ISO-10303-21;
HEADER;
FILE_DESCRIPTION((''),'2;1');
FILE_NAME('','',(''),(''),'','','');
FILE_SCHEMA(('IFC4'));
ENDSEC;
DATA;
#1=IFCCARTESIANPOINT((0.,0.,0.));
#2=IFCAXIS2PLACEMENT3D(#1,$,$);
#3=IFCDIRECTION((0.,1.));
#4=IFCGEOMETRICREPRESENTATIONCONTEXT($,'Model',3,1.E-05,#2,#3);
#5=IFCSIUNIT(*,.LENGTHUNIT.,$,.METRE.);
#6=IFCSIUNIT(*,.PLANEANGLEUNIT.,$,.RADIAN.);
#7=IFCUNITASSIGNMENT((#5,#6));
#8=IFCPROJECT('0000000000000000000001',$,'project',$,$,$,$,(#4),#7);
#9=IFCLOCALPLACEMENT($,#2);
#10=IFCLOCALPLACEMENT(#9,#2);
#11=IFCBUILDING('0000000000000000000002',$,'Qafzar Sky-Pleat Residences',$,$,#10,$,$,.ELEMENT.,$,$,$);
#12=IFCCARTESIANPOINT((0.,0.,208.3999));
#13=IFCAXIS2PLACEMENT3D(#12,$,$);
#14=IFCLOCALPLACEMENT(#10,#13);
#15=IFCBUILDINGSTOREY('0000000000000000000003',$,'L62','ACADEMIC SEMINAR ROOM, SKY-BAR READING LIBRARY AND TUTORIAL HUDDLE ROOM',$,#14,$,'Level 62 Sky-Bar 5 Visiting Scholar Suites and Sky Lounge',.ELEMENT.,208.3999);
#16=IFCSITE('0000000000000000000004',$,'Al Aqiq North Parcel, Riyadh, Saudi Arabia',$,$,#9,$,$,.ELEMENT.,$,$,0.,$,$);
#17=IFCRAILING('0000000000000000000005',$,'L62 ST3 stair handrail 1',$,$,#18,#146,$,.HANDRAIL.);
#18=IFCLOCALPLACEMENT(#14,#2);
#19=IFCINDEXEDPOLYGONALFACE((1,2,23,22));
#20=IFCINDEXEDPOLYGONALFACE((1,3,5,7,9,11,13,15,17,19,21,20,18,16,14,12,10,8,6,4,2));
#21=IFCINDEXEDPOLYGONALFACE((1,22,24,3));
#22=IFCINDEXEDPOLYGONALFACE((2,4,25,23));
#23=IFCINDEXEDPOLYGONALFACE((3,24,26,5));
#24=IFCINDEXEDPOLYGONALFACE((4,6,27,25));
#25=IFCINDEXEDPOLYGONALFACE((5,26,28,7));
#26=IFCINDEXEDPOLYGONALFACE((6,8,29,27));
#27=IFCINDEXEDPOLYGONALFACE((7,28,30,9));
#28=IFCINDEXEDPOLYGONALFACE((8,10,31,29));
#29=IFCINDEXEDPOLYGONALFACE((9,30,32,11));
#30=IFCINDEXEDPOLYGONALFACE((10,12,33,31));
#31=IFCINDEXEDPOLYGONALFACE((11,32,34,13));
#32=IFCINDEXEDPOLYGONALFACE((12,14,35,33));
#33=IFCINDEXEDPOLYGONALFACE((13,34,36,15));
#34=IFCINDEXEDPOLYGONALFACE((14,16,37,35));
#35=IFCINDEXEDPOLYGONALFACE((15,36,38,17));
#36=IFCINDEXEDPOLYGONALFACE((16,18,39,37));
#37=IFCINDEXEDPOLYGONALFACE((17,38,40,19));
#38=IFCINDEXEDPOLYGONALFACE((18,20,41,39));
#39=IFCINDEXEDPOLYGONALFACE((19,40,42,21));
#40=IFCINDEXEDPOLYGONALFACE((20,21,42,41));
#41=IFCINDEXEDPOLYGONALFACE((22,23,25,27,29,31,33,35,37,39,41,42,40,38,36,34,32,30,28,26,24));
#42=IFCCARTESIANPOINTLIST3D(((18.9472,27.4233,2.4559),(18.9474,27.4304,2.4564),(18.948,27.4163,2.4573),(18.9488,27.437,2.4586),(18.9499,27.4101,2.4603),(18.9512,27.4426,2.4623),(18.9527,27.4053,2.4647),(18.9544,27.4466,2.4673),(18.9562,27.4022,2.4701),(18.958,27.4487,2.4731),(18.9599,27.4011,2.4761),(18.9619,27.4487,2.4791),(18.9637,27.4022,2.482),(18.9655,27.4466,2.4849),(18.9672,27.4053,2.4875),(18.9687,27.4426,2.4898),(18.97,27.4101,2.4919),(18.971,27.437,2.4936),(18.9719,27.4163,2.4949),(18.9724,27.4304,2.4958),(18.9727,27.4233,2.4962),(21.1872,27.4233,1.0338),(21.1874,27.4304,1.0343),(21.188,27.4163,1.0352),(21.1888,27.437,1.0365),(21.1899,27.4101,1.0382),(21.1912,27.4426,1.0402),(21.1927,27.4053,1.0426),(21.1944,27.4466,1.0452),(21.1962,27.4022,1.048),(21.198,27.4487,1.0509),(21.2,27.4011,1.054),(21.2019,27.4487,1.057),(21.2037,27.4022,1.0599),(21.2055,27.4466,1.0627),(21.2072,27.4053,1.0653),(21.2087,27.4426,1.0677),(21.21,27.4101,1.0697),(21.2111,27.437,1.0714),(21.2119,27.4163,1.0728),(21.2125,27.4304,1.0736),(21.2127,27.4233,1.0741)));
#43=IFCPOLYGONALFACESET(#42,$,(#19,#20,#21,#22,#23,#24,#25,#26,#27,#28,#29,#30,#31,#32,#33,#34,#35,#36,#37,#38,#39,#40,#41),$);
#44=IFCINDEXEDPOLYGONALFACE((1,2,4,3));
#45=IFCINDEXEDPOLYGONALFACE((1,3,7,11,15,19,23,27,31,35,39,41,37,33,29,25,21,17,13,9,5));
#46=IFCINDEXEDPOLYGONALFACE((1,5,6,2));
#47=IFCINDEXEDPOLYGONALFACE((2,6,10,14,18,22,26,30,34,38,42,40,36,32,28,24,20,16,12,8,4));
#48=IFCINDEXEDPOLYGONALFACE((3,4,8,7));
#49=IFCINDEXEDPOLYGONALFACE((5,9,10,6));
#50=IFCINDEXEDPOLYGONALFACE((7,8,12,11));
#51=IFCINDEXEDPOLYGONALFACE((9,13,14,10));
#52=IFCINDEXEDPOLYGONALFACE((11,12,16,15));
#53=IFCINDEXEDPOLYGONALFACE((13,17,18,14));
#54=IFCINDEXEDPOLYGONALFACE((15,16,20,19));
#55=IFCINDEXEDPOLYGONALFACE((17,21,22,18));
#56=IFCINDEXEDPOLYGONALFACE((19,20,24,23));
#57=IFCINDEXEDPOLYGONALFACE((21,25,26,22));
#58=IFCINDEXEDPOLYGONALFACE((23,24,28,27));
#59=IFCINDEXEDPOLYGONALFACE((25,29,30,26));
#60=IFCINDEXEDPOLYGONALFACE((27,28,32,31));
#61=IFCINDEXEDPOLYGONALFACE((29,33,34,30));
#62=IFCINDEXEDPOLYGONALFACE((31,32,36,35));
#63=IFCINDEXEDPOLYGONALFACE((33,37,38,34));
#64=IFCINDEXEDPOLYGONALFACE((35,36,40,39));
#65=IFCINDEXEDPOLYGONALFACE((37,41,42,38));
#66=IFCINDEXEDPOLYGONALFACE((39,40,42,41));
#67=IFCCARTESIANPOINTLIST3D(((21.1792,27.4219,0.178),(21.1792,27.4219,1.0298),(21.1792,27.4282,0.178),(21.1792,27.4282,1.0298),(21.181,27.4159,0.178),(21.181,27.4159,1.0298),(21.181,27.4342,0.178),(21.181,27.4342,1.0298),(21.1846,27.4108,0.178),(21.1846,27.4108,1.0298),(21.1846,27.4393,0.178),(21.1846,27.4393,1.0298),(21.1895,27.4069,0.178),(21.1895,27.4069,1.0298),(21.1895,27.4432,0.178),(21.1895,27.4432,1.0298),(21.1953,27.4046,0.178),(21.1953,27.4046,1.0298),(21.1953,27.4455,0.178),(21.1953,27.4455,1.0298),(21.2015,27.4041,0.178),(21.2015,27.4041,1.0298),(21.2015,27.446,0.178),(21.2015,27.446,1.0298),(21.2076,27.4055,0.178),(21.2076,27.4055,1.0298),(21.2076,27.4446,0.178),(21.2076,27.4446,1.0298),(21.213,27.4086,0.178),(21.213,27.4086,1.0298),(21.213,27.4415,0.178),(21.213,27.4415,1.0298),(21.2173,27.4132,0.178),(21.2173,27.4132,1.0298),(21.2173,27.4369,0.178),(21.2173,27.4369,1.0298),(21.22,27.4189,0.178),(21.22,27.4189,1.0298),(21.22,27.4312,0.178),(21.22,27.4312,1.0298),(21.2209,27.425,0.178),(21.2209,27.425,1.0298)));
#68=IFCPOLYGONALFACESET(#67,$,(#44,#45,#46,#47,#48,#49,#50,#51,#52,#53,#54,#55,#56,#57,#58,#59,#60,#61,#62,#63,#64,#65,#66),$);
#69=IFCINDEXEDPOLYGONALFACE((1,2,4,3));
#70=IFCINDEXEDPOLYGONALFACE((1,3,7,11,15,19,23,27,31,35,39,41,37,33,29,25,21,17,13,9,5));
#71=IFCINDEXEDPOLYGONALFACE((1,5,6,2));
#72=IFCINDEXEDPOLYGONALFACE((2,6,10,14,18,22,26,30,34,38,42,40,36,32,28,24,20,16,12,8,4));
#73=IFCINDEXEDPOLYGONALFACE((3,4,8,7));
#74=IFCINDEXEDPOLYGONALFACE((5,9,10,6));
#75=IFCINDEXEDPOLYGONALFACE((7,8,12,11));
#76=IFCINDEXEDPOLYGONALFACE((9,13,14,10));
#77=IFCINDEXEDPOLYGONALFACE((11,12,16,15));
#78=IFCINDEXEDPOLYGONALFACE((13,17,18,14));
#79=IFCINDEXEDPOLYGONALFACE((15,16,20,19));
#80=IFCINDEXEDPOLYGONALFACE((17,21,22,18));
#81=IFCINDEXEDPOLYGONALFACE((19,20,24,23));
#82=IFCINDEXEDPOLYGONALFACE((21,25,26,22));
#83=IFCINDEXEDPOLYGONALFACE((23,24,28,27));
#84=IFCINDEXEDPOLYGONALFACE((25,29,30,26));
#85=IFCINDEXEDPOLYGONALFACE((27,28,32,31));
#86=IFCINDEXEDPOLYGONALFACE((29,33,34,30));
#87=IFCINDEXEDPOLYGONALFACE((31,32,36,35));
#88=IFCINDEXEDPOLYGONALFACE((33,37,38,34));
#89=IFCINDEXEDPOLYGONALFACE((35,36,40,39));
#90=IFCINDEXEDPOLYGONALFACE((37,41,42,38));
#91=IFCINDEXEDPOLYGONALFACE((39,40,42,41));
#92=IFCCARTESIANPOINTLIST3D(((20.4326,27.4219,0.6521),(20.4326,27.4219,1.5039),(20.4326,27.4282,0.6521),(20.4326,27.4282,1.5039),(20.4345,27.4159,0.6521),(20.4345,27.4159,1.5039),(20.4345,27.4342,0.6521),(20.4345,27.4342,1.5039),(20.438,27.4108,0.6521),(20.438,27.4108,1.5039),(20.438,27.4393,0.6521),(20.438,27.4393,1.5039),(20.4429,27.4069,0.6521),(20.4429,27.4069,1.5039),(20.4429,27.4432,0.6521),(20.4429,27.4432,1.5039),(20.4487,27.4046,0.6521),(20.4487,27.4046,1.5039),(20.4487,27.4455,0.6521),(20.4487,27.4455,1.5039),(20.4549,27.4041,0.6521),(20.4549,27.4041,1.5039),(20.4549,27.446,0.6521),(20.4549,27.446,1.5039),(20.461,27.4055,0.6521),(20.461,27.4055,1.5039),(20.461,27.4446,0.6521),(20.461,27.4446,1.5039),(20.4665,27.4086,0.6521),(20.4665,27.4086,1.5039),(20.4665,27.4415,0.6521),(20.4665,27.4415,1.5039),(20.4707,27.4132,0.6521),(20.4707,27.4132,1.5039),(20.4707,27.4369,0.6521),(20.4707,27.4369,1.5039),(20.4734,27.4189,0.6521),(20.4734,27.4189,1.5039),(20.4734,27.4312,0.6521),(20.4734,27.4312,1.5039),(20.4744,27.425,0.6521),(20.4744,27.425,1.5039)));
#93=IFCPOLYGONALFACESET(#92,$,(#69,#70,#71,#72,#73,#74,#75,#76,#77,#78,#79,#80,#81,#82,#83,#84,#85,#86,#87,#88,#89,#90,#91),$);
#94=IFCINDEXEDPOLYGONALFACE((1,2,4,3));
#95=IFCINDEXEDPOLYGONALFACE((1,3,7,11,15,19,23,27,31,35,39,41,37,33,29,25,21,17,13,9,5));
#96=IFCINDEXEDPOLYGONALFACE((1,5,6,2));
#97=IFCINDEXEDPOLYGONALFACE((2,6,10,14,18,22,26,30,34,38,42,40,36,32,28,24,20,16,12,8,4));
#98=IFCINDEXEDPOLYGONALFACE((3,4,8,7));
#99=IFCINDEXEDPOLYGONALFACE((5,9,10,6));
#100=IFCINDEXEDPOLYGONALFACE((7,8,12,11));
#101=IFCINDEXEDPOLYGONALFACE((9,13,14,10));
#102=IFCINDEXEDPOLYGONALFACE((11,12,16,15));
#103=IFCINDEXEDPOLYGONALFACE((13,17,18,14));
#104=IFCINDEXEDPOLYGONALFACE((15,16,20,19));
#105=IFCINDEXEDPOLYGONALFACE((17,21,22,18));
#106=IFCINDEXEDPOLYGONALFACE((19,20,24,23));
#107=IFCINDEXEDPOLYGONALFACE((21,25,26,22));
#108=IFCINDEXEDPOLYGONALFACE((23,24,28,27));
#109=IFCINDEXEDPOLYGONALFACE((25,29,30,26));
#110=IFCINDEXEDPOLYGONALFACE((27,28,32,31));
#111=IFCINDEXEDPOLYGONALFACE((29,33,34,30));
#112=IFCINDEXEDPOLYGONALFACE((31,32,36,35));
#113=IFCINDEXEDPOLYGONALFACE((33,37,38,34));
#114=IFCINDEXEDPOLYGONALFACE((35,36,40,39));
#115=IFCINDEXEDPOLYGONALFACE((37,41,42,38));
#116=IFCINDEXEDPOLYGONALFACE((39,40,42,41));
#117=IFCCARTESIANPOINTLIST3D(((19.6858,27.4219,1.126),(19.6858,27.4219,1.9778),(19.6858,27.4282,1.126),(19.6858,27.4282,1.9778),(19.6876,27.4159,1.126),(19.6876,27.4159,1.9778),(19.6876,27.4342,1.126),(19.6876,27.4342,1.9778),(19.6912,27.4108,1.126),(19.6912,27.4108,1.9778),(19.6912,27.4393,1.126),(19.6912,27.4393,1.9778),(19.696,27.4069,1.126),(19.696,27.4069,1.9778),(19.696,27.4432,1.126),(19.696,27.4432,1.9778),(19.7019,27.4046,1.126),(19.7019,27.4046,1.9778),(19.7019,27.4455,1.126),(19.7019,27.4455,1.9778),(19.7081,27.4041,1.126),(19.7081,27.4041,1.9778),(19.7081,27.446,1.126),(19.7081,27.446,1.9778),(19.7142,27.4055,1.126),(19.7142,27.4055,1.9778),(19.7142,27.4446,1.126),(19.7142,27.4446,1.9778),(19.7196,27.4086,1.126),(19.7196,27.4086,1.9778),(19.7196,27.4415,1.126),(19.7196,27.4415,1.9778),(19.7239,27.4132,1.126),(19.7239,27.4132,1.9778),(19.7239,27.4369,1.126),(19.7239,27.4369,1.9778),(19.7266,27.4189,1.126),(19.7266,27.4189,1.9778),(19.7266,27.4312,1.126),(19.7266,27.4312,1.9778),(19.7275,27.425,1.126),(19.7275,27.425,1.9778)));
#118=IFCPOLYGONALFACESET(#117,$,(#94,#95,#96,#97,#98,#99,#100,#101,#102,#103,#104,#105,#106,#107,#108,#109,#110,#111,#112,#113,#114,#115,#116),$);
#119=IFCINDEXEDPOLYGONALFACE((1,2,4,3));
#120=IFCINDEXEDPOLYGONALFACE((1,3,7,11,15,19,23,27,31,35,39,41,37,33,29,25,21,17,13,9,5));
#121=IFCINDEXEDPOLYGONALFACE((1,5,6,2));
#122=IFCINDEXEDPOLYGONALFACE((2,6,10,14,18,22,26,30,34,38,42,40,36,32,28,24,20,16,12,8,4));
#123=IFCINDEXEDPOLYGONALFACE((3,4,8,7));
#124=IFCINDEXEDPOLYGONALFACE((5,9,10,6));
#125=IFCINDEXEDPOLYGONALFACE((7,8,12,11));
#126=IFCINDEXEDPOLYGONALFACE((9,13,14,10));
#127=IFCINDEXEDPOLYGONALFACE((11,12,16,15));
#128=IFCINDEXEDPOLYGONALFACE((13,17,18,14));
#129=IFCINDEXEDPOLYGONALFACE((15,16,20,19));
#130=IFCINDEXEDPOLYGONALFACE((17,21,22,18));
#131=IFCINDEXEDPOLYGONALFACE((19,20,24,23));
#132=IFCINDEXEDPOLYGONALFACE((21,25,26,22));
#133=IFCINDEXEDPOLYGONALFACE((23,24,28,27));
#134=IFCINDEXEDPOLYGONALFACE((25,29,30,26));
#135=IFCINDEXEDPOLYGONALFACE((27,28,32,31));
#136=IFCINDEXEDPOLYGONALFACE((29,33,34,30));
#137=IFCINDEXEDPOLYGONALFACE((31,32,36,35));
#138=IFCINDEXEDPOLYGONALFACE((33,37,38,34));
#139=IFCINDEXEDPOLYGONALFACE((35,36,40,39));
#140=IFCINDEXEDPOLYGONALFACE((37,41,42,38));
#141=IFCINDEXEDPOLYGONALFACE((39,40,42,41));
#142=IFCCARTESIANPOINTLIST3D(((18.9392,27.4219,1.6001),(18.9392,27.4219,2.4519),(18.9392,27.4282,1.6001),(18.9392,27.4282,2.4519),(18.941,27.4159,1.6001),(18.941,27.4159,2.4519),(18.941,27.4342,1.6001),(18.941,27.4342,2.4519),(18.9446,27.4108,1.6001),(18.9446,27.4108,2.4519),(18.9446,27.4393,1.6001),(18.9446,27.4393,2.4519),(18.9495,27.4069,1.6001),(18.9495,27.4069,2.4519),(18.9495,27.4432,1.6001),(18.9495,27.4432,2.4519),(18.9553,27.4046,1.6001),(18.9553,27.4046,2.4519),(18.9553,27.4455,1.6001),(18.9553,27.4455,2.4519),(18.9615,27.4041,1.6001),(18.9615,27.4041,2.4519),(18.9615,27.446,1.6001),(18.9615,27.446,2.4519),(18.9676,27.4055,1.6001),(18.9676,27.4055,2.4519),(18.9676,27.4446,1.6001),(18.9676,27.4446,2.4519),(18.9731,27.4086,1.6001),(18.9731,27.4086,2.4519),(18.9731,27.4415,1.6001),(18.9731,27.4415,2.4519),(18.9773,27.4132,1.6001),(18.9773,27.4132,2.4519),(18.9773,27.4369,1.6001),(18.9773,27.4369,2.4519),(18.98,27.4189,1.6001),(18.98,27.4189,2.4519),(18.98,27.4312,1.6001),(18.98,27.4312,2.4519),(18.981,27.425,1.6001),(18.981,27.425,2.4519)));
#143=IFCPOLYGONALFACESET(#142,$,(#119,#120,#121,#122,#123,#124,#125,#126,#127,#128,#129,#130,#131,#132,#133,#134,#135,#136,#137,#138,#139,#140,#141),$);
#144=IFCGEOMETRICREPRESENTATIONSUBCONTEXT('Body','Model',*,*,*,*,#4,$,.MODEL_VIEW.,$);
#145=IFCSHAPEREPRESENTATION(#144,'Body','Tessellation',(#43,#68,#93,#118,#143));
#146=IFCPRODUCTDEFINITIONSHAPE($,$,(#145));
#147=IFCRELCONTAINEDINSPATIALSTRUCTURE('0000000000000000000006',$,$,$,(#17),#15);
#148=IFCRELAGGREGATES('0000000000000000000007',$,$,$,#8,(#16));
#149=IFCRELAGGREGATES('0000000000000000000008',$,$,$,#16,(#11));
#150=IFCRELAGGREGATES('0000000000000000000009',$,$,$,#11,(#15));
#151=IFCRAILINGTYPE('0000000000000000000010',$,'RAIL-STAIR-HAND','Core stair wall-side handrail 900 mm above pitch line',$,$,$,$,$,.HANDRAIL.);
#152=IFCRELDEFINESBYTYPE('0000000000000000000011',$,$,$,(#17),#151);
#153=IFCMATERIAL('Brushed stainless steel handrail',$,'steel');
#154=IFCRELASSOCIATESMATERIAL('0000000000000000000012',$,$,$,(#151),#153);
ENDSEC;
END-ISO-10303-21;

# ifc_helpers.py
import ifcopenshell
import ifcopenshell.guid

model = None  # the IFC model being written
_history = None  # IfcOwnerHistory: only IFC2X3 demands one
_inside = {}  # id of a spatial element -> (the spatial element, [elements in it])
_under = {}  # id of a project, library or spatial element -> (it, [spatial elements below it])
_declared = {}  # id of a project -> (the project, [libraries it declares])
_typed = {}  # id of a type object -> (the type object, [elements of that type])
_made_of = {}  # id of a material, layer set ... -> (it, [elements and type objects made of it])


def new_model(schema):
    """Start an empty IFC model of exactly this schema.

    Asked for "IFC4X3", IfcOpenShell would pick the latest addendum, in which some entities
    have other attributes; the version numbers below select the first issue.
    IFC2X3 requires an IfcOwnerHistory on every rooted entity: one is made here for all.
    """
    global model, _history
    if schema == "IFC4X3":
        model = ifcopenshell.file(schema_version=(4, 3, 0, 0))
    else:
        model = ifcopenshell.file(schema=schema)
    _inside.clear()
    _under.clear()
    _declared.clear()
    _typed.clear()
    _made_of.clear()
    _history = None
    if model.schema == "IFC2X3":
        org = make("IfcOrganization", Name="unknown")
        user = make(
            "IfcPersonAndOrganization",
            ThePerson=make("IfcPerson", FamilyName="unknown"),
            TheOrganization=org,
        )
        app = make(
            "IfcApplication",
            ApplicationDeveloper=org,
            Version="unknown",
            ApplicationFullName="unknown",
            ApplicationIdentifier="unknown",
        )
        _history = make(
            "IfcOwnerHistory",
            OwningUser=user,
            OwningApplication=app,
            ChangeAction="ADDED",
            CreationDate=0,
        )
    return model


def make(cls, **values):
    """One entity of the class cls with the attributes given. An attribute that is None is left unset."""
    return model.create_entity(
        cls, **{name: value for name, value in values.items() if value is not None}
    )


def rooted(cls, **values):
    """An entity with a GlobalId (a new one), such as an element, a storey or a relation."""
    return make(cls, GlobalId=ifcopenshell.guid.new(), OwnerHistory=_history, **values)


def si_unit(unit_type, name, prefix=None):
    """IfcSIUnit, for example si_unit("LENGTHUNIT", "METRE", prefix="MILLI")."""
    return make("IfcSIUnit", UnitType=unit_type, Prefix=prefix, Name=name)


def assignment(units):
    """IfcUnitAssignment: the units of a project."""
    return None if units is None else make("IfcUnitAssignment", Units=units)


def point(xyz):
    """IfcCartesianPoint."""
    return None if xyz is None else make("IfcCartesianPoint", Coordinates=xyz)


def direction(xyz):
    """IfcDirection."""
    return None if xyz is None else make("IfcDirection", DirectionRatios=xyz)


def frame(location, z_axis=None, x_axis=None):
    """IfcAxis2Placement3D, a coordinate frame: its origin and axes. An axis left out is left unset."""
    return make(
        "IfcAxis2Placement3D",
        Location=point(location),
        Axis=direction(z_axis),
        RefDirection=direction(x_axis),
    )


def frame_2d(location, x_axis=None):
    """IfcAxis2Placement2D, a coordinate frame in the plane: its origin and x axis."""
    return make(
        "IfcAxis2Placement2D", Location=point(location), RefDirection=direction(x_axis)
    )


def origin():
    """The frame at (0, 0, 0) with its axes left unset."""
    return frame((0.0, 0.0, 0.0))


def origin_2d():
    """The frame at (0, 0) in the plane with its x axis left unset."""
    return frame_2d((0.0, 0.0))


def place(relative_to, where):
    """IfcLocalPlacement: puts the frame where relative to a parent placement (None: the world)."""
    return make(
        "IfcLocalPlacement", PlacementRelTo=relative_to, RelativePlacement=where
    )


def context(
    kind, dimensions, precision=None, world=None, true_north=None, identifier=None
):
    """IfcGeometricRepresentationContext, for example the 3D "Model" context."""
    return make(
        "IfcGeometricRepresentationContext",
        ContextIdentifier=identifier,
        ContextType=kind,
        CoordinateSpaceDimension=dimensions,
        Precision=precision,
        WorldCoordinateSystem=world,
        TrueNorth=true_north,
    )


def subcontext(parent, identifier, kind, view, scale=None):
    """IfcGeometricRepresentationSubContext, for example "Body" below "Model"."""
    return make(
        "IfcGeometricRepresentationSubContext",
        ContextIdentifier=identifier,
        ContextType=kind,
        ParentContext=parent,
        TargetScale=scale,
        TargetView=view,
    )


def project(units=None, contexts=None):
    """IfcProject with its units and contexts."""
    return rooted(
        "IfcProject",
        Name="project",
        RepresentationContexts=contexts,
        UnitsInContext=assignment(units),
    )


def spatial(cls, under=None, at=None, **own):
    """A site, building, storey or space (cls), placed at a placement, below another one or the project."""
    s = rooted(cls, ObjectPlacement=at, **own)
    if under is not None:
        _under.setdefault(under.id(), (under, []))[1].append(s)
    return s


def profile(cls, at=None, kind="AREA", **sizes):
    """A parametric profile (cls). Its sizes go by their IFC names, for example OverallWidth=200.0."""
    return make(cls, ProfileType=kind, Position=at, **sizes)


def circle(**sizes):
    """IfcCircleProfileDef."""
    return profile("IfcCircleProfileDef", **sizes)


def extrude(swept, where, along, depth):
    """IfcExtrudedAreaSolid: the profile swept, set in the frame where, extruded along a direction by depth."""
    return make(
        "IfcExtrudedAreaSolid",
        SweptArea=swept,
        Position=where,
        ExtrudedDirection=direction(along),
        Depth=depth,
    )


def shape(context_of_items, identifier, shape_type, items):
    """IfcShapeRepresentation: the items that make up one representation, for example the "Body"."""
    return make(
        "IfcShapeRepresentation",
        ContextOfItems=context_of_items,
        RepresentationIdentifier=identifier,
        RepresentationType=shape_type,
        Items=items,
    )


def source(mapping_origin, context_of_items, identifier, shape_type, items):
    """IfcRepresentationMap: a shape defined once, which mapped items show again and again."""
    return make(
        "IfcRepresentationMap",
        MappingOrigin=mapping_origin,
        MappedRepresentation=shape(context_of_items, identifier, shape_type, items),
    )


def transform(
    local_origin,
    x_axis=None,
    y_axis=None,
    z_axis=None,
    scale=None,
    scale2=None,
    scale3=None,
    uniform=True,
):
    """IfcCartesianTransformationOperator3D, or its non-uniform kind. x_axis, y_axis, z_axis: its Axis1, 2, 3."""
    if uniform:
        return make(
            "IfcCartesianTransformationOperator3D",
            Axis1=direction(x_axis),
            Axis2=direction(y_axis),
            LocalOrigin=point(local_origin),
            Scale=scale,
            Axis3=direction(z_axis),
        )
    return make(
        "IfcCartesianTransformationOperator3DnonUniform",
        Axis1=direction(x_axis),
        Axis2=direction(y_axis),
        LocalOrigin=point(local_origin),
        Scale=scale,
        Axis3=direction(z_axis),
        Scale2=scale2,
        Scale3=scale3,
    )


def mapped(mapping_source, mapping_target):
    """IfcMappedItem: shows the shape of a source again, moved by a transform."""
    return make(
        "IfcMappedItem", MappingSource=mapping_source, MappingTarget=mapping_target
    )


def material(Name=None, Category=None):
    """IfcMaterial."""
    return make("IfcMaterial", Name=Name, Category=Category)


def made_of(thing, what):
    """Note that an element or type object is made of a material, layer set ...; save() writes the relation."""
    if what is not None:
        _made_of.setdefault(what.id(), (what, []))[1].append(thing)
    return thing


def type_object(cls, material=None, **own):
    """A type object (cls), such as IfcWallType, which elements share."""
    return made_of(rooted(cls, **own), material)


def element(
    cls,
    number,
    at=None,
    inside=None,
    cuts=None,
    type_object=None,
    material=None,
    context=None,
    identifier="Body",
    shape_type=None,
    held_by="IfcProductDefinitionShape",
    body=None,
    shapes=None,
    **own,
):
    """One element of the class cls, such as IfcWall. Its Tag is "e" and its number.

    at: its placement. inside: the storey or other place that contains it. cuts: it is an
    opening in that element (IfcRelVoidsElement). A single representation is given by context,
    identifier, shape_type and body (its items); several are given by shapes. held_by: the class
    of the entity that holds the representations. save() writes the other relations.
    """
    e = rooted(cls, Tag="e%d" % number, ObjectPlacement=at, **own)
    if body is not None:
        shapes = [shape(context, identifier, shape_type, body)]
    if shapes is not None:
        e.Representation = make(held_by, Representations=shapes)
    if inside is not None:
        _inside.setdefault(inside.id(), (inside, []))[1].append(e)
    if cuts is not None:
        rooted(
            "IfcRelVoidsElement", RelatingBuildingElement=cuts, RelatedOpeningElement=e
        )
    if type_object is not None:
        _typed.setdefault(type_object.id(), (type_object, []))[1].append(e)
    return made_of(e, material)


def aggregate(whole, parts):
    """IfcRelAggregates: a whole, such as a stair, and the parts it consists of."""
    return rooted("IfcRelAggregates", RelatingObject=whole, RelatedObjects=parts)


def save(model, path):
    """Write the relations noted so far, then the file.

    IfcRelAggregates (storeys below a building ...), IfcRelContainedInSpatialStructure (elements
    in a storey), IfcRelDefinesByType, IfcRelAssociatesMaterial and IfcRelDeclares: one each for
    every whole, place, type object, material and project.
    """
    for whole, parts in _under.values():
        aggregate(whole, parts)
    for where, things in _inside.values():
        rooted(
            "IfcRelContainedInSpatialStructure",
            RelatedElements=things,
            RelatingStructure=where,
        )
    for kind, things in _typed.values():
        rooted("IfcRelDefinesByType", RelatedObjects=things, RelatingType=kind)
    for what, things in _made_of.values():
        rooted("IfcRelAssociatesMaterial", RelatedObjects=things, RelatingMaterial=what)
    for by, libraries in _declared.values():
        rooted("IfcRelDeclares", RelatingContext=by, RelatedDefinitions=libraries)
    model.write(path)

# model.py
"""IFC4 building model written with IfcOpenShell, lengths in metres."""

from ifc_helpers import new_model, si_unit, direction, frame, origin, origin_2d, place, context, subcontext, project, spatial, circle, extrude, source, transform, mapped, material, type_object, element, save


model = new_model("IFC4")

# Units and contexts
model_context = context("Model", 3, precision=1e-05, world=origin(), true_north=direction((0.0, 1.0)))
body_context = subcontext(model_context, "Body", "Model", "MODEL_VIEW")
ifc_project = project(units=[si_unit("LENGTHUNIT", "METRE"), si_unit("PLANEANGLEUNIT", "RADIAN")], contexts=[model_context])

# Site, building, storey
site_placement = place(None, origin())
site = spatial("IfcSite", under=ifc_project, at=site_placement, Name="Al Aqiq North Parcel, Riyadh, Saudi Arabia", CompositionType="ELEMENT", RefElevation=0.0)
building_placement = place(site_placement, origin())
building = spatial("IfcBuilding", under=site, at=building_placement, Name="Qafzar Sky-Pleat Residences", CompositionType="ELEMENT")
storey_placement = place(building_placement, frame((0.0, 0.0, 208.3999)))
storey = spatial("IfcBuildingStorey", under=building, at=storey_placement, Name="L62", Description="ACADEMIC SEMINAR ROOM, SKY-BAR READING LIBRARY AND TUTORIAL HUDDLE ROOM", LongName="Level 62 Sky-Bar 5 Visiting Scholar Suites and Sky Lounge", CompositionType="ELEMENT", Elevation=208.3999)

# Railing
ifc_material_1 = material(Name="Brushed stainless steel handrail", Category="steel")
railing_type_1 = type_object("IfcRailingType", Name="RAIL-STAIR-HAND", Description="Core stair wall-side handrail 900 mm above pitch line", PredefinedType="HANDRAIL", material=ifc_material_1)
shared_shape_1 = source(origin(), body_context, "Body", "SweptSolid", [
    extrude(circle(Radius=0.0239, at=origin_2d()), frame((0.0, 0.0, 0.876), z_axis=(-0.844229, 0.0, 0.535982), x_axis=(0.0, -1.0, 0.0)), (0.0, 0.0, 1.0), 2.6533),
    extrude(circle(Radius=0.021, at=origin_2d()), origin(), (0.0, 0.0, 1.0), 0.8518),
    extrude(circle(Radius=0.021, at=origin_2d()), frame((-0.7466, 0.0, 0.4741)), (0.0, 0.0, 1.0), 0.8518),
    extrude(circle(Radius=0.021, at=origin_2d()), frame((-1.4934, 0.0, 0.948)), (0.0, 0.0, 1.0), 0.8518),
    extrude(circle(Radius=0.021, at=origin_2d()), frame((-2.24, 0.0, 1.4221)), (0.0, 0.0, 1.0), 0.8518),
])
railing_1_placement = place(storey_placement, frame((21.2, 27.425, 0.178)))
element("IfcRailing", 1, at=railing_1_placement, inside=storey, type_object=railing_type_1, Name="L62 ST3 stair handrail 1", PredefinedType="HANDRAIL", context=body_context, shape_type="MappedRepresentation", body=[
    mapped(shared_shape_1, transform((0.0, 0.0, 0.0), x_axis=(1.0, 0.0, 0.0), y_axis=(0.0, 1.0, 0.0), z_axis=(0.0, 0.0, 1.0), scale=1.0)),
])

save(model, "model.ifc")
